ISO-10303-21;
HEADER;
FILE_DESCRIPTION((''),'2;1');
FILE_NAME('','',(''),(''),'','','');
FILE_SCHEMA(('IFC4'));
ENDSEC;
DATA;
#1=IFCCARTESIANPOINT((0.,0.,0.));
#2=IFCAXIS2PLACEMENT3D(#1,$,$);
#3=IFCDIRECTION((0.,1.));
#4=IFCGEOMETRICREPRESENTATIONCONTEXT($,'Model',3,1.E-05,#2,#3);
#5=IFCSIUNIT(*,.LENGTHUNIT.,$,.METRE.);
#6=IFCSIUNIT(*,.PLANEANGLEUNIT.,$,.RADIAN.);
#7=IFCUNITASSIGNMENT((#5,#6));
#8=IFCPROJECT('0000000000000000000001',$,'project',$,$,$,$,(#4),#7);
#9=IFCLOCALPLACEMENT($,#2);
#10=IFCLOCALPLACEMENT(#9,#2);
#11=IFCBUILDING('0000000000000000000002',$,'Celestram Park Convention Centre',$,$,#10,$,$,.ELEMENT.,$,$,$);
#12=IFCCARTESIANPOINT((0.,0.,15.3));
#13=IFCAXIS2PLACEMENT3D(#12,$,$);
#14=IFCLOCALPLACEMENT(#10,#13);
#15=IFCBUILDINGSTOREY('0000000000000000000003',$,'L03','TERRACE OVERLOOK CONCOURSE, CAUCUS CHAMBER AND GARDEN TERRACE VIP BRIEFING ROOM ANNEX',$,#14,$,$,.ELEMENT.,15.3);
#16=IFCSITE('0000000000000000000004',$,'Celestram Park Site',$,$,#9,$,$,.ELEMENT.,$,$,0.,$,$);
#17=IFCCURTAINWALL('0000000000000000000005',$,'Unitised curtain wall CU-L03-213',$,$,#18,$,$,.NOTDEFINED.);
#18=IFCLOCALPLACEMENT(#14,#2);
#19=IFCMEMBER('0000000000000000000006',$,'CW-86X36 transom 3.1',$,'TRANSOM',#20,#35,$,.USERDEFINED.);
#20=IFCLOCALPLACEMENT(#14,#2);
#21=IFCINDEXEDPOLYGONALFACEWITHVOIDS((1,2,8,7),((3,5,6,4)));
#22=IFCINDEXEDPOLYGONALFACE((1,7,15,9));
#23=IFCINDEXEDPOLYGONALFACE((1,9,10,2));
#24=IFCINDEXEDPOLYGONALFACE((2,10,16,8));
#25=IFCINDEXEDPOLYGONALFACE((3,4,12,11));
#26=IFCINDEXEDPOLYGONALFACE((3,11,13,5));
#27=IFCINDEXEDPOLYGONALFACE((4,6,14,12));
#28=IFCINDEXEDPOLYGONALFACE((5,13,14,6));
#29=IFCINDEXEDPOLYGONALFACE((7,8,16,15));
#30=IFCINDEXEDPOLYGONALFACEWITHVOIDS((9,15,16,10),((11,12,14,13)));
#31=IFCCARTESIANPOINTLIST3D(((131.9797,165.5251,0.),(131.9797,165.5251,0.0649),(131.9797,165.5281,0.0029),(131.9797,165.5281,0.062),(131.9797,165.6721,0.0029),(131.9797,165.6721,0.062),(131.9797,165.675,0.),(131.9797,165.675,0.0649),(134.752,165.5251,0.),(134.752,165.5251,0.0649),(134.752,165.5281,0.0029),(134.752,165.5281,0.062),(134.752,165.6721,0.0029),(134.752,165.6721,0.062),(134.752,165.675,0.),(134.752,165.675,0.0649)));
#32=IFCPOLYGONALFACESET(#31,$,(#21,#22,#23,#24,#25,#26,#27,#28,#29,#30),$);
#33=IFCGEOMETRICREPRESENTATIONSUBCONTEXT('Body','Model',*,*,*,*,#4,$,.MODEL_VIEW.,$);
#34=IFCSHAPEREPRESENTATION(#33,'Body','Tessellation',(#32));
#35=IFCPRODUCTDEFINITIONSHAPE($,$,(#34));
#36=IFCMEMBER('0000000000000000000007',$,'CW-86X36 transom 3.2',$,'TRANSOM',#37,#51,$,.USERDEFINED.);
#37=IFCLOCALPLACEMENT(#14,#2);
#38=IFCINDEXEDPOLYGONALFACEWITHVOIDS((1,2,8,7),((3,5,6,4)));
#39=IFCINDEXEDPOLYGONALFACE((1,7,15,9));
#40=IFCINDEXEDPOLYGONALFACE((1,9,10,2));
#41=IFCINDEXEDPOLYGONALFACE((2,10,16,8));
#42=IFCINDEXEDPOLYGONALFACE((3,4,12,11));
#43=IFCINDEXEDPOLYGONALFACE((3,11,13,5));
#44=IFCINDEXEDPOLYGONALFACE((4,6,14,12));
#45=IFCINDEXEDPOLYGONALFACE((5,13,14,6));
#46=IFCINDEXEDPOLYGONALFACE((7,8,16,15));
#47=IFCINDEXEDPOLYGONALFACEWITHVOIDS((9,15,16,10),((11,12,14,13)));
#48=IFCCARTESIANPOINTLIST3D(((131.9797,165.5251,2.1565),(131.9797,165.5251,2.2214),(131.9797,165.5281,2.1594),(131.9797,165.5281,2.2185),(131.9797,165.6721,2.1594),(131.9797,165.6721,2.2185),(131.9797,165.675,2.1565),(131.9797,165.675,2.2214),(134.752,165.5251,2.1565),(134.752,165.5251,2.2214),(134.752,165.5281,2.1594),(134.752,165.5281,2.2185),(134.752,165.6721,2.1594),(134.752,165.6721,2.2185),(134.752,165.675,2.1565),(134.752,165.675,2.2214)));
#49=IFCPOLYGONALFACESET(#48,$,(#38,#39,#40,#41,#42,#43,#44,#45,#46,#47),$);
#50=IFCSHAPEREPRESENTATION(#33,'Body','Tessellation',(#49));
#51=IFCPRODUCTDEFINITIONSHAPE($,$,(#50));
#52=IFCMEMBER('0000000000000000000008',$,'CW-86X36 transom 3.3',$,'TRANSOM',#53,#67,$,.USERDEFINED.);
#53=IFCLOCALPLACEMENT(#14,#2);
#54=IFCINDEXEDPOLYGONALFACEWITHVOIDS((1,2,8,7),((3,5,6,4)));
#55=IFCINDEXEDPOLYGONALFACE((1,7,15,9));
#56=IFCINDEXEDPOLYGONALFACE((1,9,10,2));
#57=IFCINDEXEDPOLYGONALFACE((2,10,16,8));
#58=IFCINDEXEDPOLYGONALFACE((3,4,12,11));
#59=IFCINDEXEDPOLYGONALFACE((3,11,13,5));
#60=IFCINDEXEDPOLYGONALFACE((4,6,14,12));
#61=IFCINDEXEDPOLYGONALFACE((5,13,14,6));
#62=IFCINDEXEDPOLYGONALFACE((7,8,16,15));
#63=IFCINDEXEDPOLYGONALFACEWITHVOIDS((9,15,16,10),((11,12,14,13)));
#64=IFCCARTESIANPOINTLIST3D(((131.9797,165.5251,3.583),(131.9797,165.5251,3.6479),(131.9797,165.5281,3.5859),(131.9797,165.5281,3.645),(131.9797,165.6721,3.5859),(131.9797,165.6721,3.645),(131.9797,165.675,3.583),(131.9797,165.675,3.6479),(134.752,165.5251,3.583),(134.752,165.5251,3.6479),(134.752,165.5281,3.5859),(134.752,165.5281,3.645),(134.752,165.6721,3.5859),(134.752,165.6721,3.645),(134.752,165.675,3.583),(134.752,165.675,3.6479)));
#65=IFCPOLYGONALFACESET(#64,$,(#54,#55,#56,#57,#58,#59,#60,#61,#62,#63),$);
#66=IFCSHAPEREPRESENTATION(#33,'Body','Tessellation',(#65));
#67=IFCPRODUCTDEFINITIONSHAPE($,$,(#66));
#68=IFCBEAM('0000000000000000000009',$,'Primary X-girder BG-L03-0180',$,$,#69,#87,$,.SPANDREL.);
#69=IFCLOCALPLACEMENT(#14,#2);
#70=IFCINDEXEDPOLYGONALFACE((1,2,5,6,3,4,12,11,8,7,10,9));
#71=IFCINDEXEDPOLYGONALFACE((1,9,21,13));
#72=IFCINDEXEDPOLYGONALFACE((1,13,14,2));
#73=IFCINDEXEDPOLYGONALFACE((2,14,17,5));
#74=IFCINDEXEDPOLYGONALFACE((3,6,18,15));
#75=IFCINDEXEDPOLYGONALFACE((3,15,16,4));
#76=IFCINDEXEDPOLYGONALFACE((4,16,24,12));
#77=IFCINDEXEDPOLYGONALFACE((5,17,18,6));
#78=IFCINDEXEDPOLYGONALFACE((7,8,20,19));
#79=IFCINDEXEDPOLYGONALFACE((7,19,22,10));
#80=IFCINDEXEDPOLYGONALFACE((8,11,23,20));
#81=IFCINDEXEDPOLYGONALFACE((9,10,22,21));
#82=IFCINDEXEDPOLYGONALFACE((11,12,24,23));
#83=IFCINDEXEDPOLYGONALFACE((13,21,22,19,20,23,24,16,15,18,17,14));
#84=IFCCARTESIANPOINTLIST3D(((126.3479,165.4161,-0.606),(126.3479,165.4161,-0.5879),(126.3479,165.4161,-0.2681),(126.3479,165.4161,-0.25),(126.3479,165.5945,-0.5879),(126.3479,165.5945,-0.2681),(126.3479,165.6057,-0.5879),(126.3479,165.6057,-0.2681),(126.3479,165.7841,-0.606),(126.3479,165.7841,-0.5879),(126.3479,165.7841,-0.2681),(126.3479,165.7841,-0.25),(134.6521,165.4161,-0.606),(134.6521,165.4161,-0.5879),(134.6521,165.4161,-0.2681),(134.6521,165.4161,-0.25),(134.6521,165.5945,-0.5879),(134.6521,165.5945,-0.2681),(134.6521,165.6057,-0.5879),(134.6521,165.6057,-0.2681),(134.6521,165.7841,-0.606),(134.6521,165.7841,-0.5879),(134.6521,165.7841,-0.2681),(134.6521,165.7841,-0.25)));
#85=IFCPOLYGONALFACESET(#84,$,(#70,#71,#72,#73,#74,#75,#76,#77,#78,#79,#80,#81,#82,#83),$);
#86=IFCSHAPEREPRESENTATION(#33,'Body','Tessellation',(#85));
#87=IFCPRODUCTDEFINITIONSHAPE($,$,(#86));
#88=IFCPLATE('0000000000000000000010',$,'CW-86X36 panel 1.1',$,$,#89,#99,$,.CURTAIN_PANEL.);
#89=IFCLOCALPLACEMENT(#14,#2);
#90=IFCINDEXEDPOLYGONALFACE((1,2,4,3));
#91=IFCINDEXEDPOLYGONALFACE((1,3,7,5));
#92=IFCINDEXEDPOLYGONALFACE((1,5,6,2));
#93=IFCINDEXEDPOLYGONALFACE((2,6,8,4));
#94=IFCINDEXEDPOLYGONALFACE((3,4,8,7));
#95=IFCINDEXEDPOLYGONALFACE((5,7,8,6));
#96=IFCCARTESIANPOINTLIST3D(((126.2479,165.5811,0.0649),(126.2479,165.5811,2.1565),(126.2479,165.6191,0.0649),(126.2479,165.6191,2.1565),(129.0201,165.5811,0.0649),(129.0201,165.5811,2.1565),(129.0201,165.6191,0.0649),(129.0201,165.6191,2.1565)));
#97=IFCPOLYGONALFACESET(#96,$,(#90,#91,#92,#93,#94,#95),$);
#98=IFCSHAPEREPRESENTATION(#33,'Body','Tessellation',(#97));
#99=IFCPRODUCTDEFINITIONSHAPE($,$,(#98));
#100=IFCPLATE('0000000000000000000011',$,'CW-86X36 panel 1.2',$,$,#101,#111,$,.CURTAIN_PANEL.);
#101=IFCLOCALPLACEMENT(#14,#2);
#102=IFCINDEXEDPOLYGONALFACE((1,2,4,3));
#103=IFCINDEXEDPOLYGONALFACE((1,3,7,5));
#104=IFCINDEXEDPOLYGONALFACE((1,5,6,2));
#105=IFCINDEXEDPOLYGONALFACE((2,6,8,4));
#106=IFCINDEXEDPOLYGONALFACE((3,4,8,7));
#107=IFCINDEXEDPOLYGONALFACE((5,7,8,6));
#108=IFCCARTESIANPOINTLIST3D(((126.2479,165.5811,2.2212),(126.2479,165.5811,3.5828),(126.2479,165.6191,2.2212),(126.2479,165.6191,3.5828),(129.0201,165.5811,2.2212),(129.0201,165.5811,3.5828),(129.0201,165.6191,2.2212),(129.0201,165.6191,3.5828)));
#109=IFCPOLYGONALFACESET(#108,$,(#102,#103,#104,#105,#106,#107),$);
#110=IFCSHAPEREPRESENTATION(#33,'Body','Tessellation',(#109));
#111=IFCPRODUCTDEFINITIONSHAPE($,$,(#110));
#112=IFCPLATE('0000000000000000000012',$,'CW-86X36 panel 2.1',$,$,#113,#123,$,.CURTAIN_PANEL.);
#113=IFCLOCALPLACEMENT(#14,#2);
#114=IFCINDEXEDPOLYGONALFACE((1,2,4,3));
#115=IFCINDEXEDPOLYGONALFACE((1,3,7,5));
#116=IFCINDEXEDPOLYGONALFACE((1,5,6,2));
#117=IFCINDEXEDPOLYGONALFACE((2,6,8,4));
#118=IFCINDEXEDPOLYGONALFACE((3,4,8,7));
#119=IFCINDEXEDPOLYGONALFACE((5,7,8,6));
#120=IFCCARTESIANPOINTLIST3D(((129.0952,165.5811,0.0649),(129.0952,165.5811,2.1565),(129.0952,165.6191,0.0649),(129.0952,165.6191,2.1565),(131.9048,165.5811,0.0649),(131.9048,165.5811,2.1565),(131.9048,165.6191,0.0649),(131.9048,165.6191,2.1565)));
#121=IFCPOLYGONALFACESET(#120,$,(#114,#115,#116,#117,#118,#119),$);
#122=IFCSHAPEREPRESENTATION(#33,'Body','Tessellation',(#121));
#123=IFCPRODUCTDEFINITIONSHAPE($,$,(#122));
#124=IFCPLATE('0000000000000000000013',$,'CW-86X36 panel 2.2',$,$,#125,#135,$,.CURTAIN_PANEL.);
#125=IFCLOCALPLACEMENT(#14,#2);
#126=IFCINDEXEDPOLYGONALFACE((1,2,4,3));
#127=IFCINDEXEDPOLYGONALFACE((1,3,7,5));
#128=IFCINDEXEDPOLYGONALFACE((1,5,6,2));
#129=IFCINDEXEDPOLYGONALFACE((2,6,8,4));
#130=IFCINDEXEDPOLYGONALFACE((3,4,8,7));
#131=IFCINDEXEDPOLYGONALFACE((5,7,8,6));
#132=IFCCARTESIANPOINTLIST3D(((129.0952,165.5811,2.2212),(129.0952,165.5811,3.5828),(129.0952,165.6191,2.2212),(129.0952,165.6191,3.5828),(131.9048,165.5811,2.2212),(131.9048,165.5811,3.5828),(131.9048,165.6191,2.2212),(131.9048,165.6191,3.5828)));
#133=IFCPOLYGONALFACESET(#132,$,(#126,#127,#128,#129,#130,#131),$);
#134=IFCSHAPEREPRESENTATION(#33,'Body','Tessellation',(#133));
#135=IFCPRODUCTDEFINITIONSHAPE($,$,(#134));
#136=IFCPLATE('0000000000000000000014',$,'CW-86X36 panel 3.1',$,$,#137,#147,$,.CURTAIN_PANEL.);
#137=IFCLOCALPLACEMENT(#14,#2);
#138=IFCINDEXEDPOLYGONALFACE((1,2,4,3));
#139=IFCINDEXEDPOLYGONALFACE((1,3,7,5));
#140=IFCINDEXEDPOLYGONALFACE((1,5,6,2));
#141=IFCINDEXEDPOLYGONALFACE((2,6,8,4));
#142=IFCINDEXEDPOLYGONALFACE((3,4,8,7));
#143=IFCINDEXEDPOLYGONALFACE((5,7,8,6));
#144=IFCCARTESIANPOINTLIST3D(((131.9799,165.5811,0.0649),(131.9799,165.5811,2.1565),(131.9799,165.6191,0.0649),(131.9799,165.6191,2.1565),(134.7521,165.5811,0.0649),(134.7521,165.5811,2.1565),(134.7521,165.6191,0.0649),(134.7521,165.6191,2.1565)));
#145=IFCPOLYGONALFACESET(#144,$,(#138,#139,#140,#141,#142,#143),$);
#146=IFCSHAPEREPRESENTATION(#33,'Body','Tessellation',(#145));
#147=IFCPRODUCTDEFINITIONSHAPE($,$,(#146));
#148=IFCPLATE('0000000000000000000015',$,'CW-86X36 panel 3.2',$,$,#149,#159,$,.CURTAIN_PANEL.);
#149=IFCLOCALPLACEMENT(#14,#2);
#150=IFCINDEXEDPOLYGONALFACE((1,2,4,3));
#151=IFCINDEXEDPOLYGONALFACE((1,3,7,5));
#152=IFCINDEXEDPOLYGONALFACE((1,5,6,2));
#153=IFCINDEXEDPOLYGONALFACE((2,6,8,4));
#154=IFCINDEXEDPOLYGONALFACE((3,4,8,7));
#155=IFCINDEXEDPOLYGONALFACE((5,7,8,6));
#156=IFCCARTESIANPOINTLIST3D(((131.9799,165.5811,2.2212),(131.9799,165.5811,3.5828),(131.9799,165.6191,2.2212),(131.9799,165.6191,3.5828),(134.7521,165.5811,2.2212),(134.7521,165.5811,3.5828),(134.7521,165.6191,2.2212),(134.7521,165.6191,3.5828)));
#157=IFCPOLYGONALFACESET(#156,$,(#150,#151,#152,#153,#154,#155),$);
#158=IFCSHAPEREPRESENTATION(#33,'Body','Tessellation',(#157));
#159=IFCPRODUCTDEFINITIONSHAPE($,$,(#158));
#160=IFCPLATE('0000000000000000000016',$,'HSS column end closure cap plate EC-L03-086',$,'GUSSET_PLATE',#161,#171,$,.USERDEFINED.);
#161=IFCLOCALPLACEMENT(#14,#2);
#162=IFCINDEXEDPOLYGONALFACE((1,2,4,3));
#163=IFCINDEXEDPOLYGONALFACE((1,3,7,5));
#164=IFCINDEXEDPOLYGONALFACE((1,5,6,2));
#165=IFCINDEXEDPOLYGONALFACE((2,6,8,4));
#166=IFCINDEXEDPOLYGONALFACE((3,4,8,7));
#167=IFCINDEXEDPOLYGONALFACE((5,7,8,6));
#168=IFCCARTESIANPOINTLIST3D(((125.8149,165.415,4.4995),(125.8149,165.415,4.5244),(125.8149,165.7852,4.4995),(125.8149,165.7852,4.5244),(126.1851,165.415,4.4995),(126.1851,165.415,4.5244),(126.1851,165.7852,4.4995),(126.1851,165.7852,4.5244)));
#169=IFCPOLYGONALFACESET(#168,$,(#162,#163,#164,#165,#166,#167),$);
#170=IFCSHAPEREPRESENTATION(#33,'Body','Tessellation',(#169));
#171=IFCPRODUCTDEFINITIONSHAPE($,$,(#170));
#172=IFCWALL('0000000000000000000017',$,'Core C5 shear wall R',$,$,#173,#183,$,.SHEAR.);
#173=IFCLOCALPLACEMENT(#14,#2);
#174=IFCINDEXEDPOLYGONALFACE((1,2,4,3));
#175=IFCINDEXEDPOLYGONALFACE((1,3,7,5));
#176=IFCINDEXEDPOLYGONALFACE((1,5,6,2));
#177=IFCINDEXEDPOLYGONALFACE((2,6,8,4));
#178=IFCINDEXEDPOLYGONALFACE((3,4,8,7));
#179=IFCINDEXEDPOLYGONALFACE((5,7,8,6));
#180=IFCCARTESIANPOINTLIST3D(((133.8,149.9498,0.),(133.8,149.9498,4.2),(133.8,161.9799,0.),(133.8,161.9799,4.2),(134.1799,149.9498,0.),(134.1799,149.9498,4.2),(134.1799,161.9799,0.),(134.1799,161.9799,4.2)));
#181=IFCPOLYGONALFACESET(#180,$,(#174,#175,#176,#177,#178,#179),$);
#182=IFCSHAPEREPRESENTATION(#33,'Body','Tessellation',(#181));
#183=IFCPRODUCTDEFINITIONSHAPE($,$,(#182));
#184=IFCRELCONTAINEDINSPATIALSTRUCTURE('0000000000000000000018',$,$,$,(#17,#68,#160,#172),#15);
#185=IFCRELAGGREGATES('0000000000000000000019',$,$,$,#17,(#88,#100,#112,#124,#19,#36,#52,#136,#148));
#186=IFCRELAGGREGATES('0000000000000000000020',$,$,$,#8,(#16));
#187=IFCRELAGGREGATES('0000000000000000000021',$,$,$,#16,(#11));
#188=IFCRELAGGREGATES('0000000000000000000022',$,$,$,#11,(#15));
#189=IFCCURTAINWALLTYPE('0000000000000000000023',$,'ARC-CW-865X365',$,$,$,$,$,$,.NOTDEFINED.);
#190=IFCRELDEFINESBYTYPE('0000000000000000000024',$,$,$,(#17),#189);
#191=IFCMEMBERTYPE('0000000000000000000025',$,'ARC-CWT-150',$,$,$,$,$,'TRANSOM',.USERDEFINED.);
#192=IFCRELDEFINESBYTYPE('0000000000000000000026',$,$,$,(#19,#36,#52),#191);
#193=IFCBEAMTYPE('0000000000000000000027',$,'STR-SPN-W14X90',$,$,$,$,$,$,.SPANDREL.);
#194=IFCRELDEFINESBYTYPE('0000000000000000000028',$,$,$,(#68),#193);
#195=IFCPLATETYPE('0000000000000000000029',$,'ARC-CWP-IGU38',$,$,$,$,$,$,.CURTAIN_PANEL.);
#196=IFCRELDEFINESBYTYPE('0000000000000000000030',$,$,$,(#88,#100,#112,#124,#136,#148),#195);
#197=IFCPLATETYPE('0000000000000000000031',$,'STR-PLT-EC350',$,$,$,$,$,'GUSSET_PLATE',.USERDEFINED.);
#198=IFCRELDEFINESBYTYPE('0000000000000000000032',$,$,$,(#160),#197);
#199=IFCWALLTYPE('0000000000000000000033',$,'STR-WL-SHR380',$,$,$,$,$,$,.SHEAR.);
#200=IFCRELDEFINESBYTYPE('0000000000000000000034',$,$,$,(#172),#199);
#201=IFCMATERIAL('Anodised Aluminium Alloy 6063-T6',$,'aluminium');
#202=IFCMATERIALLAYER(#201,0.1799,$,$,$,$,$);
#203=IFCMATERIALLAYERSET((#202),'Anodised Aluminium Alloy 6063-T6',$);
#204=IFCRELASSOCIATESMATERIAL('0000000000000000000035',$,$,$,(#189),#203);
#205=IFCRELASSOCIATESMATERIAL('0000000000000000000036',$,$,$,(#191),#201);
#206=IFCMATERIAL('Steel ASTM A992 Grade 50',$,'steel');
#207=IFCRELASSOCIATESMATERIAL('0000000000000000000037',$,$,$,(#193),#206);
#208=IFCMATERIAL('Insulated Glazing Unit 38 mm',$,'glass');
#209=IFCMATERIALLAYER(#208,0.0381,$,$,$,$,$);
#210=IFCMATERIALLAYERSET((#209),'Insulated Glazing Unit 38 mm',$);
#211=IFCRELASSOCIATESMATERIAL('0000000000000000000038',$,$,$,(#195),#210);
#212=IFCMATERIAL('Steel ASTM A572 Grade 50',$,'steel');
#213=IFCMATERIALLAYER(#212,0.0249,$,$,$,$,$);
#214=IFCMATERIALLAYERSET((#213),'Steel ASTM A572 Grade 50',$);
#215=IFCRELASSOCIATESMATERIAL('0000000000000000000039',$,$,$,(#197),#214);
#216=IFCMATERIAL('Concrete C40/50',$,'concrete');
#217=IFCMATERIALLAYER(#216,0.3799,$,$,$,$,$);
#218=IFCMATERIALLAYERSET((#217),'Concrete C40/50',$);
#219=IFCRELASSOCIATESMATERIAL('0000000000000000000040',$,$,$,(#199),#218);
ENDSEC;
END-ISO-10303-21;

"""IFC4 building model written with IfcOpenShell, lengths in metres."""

from ifc_helpers import new_model, si_unit, direction, frame, frame_2d, origin, origin_2d, place, context, subcontext, project, spatial, rectangle, hollow_rectangle, i_section, extrude, material, layer, layer_set, material_profile, profile_set, type_object, element, aggregate, save


model = new_model("IFC4")

# Units and contexts
model_context = context("Model", 3, precision=1e-05, world=origin(), true_north=direction((0.0, 1.0)))
body_context = subcontext(model_context, "Body", "Model", "MODEL_VIEW")
ifc_project = project(units=[si_unit("LENGTHUNIT", "METRE"), si_unit("PLANEANGLEUNIT", "RADIAN")], contexts=[model_context])

# Site, building, storey
site_placement = place(None, origin())
site = spatial("IfcSite", under=ifc_project, at=site_placement, Name="Celestram Park Site", CompositionType="ELEMENT", RefElevation=0.0)
building_placement = place(site_placement, origin())
building = spatial("IfcBuilding", under=site, at=building_placement, Name="Celestram Park Convention Centre", CompositionType="ELEMENT")
storey_placement = place(building_placement, frame((0.0, 0.0, 15.3)))
storey = spatial("IfcBuildingStorey", under=building, at=storey_placement, Name="L03", Description="TERRACE OVERLOOK CONCOURSE, CAUCUS CHAMBER AND GARDEN TERRACE VIP BRIEFING ROOM ANNEX", CompositionType="ELEMENT", Elevation=15.3)

# Curtain wall, members
ifc_material_1 = material(Name="Anodised Aluminium Alloy 6063-T6", Category="aluminium")
ifc_layer_1 = layer(ifc_material_1, 0.1799)
ifc_layer_set_1 = layer_set([ifc_layer_1], Name="Anodised Aluminium Alloy 6063-T6")
curtain_wall_type = type_object("IfcCurtainWallType", Name="ARC-CW-865X365", PredefinedType="NOTDEFINED", material=ifc_layer_set_1)
curtain_wall_placement = place(storey_placement, origin())
curtain_wall = element("IfcCurtainWall", 1, at=curtain_wall_placement, inside=storey, type_object=curtain_wall_type, Name="Unitised curtain wall CU-L03-213", PredefinedType="NOTDEFINED")
ifc_material_profile_1 = material_profile(ifc_material_1, hollow_rectangle(XDim=0.1499, YDim=0.0649, WallThickness=0.0029, at=origin_2d()), Name="ALU150X65X3")
ifc_profile_set_1 = profile_set([ifc_material_profile_1], Name="Anodised Aluminium Alloy 6063-T6")
member_type_1 = type_object("IfcMemberType", Name="ARC-CWT-150", ElementType="TRANSOM", PredefinedType="USERDEFINED", material=ifc_profile_set_1)
member_1_placement = place(storey_placement, frame((131.9797, 165.6001, 0.0325), z_axis=(1.0, 0.0, 0.0), x_axis=(0.0, 1.0, 0.0)))
member_1 = element("IfcMember", 2, at=member_1_placement, type_object=member_type_1, Name="CW-86X36 transom 3.1", ObjectType="TRANSOM", PredefinedType="USERDEFINED", context=body_context, shape_type="SweptSolid", body=[
    extrude(hollow_rectangle(XDim=0.1499, YDim=0.0649, WallThickness=0.0029, at=origin_2d()), origin(), (0.0, 0.0, 1.0), 2.7722),
])
member_2_placement = place(storey_placement, frame((131.9797, 165.6001, 2.189), z_axis=(1.0, 0.0, 0.0), x_axis=(0.0, 1.0, 0.0)))
member_2 = element("IfcMember", 3, at=member_2_placement, type_object=member_type_1, Name="CW-86X36 transom 3.2", ObjectType="TRANSOM", PredefinedType="USERDEFINED", context=body_context, shape_type="SweptSolid", body=[
    extrude(hollow_rectangle(XDim=0.1499, YDim=0.0649, WallThickness=0.0029, at=origin_2d()), origin(), (0.0, 0.0, 1.0), 2.7722),
])
member_3_placement = place(storey_placement, frame((131.9797, 165.6001, 3.6155), z_axis=(1.0, 0.0, 0.0), x_axis=(0.0, 1.0, 0.0)))
member_3 = element("IfcMember", 4, at=member_3_placement, type_object=member_type_1, Name="CW-86X36 transom 3.3", ObjectType="TRANSOM", PredefinedType="USERDEFINED", context=body_context, shape_type="SweptSolid", body=[
    extrude(hollow_rectangle(XDim=0.1499, YDim=0.0649, WallThickness=0.0029, at=origin_2d()), origin(), (0.0, 0.0, 1.0), 2.7722),
])

# Beam
ifc_material_2 = material(Name="Steel ASTM A992 Grade 50", Category="steel")
ifc_material_profile_2 = material_profile(ifc_material_2, i_section(OverallWidth=0.3679, OverallDepth=0.356, WebThickness=0.0112, FlangeThickness=0.0181, at=origin_2d()), Name="W14X90")
ifc_profile_set_2 = profile_set([ifc_material_profile_2], Name="Steel ASTM A992 Grade 50")
beam_type = type_object("IfcBeamType", Name="STR-SPN-W14X90", PredefinedType="SPANDREL", material=ifc_profile_set_2)
beam_placement = place(storey_placement, frame((126.3479, 165.6001, -0.428), z_axis=(1.0, 0.0, 0.0), x_axis=(0.0, 1.0, 0.0)))
element("IfcBeam", 5, at=beam_placement, inside=storey, type_object=beam_type, Name="Primary X-girder BG-L03-0180", PredefinedType="SPANDREL", context=body_context, shape_type="SweptSolid", body=[
    extrude(i_section(OverallWidth=0.3679, OverallDepth=0.356, WebThickness=0.0112, FlangeThickness=0.0181, at=origin_2d()), origin(), (0.0, 0.0, 1.0), 8.3042),
])

# Plates
ifc_material_3 = material(Name="Insulated Glazing Unit 38 mm", Category="glass")
ifc_layer_2 = layer(ifc_material_3, 0.0381)
ifc_layer_set_2 = layer_set([ifc_layer_2], Name="Insulated Glazing Unit 38 mm")
plate_type_1 = type_object("IfcPlateType", Name="ARC-CWP-IGU38", PredefinedType="CURTAIN_PANEL", material=ifc_layer_set_2)
plate_1_placement = place(storey_placement, frame((127.634, 165.6001, 0.0649), z_axis=(0.0, 0.0, 1.0), x_axis=(1.0, 0.0, 0.0)))
plate_1 = element("IfcPlate", 6, at=plate_1_placement, type_object=plate_type_1, Name="CW-86X36 panel 1.1", PredefinedType="CURTAIN_PANEL", context=body_context, shape_type="SweptSolid", body=[
    extrude(rectangle(XDim=2.7722, YDim=0.0381, at=origin_2d()), origin(), (0.0, 0.0, 1.0), 2.0916),
])
plate_2_placement = place(storey_placement, frame((127.634, 165.6001, 2.2212), z_axis=(0.0, 0.0, 1.0), x_axis=(1.0, 0.0, 0.0)))
plate_2 = element("IfcPlate", 7, at=plate_2_placement, type_object=plate_type_1, Name="CW-86X36 panel 1.2", PredefinedType="CURTAIN_PANEL", context=body_context, shape_type="SweptSolid", body=[
    extrude(rectangle(XDim=2.7722, YDim=0.0381, at=origin_2d()), origin(), (0.0, 0.0, 1.0), 1.3616),
])
plate_3_placement = place(storey_placement, frame((130.5, 165.6001, 0.0649), z_axis=(0.0, 0.0, 1.0), x_axis=(1.0, 0.0, 0.0)))
plate_3 = element("IfcPlate", 8, at=plate_3_placement, type_object=plate_type_1, Name="CW-86X36 panel 2.1", PredefinedType="CURTAIN_PANEL", context=body_context, shape_type="SweptSolid", body=[
    extrude(rectangle(XDim=2.8096, YDim=0.0381, at=origin_2d()), origin(), (0.0, 0.0, 1.0), 2.0916),
])
plate_4_placement = place(storey_placement, frame((130.5, 165.6001, 2.2212), z_axis=(0.0, 0.0, 1.0), x_axis=(1.0, 0.0, 0.0)))
plate_4 = element("IfcPlate", 9, at=plate_4_placement, type_object=plate_type_1, Name="CW-86X36 panel 2.2", PredefinedType="CURTAIN_PANEL", context=body_context, shape_type="SweptSolid", body=[
    extrude(rectangle(XDim=2.8096, YDim=0.0381, at=origin_2d()), origin(), (0.0, 0.0, 1.0), 1.3616),
])
plate_5_placement = place(storey_placement, frame((133.366, 165.6001, 0.0649), z_axis=(0.0, 0.0, 1.0), x_axis=(1.0, 0.0, 0.0)))
plate_5 = element("IfcPlate", 10, at=plate_5_placement, type_object=plate_type_1, Name="CW-86X36 panel 3.1", PredefinedType="CURTAIN_PANEL", context=body_context, shape_type="SweptSolid", body=[
    extrude(rectangle(XDim=2.7722, YDim=0.0381, at=origin_2d()), origin(), (0.0, 0.0, 1.0), 2.0916),
])
plate_6_placement = place(storey_placement, frame((133.366, 165.6001, 2.2212), z_axis=(0.0, 0.0, 1.0), x_axis=(1.0, 0.0, 0.0)))
plate_6 = element("IfcPlate", 11, at=plate_6_placement, type_object=plate_type_1, Name="CW-86X36 panel 3.2", PredefinedType="CURTAIN_PANEL", context=body_context, shape_type="SweptSolid", body=[
    extrude(rectangle(XDim=2.7722, YDim=0.0381, at=origin_2d()), origin(), (0.0, 0.0, 1.0), 1.3616),
])
aggregate(curtain_wall, [plate_1, plate_2, plate_3, plate_4, member_1, member_2, member_3, plate_5, plate_6])
ifc_material_4 = material(Name="Steel ASTM A572 Grade 50", Category="steel")
ifc_layer_3 = layer(ifc_material_4, 0.0249)
ifc_layer_set_3 = layer_set([ifc_layer_3], Name="Steel ASTM A572 Grade 50")
plate_type_2 = type_object("IfcPlateType", Name="STR-PLT-EC350", ElementType="GUSSET_PLATE", PredefinedType="USERDEFINED", material=ifc_layer_set_3)
plate_7_placement = place(storey_placement, frame((126.0, 165.6001, 4.4995), z_axis=(0.0, 0.0, 1.0), x_axis=(1.0, 0.0, 0.0)))
element("IfcPlate", 12, at=plate_7_placement, inside=storey, type_object=plate_type_2, Name="HSS column end closure cap plate EC-L03-086", ObjectType="GUSSET_PLATE", PredefinedType="USERDEFINED", context=body_context, shape_type="SweptSolid", body=[
    extrude(rectangle(XDim=0.3701, YDim=0.3701, at=origin_2d()), origin(), (0.0, 0.0, 1.0), 0.0249),
])

# Wall
ifc_material_5 = material(Name="Concrete C40/50", Category="concrete")
ifc_layer_4 = layer(ifc_material_5, 0.3799)
ifc_layer_set_4 = layer_set([ifc_layer_4], Name="Concrete C40/50")
wall_type = type_object("IfcWallType", Name="STR-WL-SHR380", PredefinedType="SHEAR", material=ifc_layer_set_4)
wall_1_placement = place(storey_placement, frame((133.99, 161.98, 0.0), z_axis=(0.0, 0.0, 1.0), x_axis=(0.0, -1.0, 0.0)))
element("IfcWall", 13, at=wall_1_placement, inside=storey, type_object=wall_type, Name="Core C5 shear wall R", PredefinedType="SHEAR", context=body_context, shape_type="SweptSolid", body=[
    extrude(rectangle(XDim=12.03, YDim=0.3799, at=frame_2d((6.0151, 0.0))), origin(), (0.0, 0.0, 1.0), 4.2),
])

save(model, "model.ifc")
